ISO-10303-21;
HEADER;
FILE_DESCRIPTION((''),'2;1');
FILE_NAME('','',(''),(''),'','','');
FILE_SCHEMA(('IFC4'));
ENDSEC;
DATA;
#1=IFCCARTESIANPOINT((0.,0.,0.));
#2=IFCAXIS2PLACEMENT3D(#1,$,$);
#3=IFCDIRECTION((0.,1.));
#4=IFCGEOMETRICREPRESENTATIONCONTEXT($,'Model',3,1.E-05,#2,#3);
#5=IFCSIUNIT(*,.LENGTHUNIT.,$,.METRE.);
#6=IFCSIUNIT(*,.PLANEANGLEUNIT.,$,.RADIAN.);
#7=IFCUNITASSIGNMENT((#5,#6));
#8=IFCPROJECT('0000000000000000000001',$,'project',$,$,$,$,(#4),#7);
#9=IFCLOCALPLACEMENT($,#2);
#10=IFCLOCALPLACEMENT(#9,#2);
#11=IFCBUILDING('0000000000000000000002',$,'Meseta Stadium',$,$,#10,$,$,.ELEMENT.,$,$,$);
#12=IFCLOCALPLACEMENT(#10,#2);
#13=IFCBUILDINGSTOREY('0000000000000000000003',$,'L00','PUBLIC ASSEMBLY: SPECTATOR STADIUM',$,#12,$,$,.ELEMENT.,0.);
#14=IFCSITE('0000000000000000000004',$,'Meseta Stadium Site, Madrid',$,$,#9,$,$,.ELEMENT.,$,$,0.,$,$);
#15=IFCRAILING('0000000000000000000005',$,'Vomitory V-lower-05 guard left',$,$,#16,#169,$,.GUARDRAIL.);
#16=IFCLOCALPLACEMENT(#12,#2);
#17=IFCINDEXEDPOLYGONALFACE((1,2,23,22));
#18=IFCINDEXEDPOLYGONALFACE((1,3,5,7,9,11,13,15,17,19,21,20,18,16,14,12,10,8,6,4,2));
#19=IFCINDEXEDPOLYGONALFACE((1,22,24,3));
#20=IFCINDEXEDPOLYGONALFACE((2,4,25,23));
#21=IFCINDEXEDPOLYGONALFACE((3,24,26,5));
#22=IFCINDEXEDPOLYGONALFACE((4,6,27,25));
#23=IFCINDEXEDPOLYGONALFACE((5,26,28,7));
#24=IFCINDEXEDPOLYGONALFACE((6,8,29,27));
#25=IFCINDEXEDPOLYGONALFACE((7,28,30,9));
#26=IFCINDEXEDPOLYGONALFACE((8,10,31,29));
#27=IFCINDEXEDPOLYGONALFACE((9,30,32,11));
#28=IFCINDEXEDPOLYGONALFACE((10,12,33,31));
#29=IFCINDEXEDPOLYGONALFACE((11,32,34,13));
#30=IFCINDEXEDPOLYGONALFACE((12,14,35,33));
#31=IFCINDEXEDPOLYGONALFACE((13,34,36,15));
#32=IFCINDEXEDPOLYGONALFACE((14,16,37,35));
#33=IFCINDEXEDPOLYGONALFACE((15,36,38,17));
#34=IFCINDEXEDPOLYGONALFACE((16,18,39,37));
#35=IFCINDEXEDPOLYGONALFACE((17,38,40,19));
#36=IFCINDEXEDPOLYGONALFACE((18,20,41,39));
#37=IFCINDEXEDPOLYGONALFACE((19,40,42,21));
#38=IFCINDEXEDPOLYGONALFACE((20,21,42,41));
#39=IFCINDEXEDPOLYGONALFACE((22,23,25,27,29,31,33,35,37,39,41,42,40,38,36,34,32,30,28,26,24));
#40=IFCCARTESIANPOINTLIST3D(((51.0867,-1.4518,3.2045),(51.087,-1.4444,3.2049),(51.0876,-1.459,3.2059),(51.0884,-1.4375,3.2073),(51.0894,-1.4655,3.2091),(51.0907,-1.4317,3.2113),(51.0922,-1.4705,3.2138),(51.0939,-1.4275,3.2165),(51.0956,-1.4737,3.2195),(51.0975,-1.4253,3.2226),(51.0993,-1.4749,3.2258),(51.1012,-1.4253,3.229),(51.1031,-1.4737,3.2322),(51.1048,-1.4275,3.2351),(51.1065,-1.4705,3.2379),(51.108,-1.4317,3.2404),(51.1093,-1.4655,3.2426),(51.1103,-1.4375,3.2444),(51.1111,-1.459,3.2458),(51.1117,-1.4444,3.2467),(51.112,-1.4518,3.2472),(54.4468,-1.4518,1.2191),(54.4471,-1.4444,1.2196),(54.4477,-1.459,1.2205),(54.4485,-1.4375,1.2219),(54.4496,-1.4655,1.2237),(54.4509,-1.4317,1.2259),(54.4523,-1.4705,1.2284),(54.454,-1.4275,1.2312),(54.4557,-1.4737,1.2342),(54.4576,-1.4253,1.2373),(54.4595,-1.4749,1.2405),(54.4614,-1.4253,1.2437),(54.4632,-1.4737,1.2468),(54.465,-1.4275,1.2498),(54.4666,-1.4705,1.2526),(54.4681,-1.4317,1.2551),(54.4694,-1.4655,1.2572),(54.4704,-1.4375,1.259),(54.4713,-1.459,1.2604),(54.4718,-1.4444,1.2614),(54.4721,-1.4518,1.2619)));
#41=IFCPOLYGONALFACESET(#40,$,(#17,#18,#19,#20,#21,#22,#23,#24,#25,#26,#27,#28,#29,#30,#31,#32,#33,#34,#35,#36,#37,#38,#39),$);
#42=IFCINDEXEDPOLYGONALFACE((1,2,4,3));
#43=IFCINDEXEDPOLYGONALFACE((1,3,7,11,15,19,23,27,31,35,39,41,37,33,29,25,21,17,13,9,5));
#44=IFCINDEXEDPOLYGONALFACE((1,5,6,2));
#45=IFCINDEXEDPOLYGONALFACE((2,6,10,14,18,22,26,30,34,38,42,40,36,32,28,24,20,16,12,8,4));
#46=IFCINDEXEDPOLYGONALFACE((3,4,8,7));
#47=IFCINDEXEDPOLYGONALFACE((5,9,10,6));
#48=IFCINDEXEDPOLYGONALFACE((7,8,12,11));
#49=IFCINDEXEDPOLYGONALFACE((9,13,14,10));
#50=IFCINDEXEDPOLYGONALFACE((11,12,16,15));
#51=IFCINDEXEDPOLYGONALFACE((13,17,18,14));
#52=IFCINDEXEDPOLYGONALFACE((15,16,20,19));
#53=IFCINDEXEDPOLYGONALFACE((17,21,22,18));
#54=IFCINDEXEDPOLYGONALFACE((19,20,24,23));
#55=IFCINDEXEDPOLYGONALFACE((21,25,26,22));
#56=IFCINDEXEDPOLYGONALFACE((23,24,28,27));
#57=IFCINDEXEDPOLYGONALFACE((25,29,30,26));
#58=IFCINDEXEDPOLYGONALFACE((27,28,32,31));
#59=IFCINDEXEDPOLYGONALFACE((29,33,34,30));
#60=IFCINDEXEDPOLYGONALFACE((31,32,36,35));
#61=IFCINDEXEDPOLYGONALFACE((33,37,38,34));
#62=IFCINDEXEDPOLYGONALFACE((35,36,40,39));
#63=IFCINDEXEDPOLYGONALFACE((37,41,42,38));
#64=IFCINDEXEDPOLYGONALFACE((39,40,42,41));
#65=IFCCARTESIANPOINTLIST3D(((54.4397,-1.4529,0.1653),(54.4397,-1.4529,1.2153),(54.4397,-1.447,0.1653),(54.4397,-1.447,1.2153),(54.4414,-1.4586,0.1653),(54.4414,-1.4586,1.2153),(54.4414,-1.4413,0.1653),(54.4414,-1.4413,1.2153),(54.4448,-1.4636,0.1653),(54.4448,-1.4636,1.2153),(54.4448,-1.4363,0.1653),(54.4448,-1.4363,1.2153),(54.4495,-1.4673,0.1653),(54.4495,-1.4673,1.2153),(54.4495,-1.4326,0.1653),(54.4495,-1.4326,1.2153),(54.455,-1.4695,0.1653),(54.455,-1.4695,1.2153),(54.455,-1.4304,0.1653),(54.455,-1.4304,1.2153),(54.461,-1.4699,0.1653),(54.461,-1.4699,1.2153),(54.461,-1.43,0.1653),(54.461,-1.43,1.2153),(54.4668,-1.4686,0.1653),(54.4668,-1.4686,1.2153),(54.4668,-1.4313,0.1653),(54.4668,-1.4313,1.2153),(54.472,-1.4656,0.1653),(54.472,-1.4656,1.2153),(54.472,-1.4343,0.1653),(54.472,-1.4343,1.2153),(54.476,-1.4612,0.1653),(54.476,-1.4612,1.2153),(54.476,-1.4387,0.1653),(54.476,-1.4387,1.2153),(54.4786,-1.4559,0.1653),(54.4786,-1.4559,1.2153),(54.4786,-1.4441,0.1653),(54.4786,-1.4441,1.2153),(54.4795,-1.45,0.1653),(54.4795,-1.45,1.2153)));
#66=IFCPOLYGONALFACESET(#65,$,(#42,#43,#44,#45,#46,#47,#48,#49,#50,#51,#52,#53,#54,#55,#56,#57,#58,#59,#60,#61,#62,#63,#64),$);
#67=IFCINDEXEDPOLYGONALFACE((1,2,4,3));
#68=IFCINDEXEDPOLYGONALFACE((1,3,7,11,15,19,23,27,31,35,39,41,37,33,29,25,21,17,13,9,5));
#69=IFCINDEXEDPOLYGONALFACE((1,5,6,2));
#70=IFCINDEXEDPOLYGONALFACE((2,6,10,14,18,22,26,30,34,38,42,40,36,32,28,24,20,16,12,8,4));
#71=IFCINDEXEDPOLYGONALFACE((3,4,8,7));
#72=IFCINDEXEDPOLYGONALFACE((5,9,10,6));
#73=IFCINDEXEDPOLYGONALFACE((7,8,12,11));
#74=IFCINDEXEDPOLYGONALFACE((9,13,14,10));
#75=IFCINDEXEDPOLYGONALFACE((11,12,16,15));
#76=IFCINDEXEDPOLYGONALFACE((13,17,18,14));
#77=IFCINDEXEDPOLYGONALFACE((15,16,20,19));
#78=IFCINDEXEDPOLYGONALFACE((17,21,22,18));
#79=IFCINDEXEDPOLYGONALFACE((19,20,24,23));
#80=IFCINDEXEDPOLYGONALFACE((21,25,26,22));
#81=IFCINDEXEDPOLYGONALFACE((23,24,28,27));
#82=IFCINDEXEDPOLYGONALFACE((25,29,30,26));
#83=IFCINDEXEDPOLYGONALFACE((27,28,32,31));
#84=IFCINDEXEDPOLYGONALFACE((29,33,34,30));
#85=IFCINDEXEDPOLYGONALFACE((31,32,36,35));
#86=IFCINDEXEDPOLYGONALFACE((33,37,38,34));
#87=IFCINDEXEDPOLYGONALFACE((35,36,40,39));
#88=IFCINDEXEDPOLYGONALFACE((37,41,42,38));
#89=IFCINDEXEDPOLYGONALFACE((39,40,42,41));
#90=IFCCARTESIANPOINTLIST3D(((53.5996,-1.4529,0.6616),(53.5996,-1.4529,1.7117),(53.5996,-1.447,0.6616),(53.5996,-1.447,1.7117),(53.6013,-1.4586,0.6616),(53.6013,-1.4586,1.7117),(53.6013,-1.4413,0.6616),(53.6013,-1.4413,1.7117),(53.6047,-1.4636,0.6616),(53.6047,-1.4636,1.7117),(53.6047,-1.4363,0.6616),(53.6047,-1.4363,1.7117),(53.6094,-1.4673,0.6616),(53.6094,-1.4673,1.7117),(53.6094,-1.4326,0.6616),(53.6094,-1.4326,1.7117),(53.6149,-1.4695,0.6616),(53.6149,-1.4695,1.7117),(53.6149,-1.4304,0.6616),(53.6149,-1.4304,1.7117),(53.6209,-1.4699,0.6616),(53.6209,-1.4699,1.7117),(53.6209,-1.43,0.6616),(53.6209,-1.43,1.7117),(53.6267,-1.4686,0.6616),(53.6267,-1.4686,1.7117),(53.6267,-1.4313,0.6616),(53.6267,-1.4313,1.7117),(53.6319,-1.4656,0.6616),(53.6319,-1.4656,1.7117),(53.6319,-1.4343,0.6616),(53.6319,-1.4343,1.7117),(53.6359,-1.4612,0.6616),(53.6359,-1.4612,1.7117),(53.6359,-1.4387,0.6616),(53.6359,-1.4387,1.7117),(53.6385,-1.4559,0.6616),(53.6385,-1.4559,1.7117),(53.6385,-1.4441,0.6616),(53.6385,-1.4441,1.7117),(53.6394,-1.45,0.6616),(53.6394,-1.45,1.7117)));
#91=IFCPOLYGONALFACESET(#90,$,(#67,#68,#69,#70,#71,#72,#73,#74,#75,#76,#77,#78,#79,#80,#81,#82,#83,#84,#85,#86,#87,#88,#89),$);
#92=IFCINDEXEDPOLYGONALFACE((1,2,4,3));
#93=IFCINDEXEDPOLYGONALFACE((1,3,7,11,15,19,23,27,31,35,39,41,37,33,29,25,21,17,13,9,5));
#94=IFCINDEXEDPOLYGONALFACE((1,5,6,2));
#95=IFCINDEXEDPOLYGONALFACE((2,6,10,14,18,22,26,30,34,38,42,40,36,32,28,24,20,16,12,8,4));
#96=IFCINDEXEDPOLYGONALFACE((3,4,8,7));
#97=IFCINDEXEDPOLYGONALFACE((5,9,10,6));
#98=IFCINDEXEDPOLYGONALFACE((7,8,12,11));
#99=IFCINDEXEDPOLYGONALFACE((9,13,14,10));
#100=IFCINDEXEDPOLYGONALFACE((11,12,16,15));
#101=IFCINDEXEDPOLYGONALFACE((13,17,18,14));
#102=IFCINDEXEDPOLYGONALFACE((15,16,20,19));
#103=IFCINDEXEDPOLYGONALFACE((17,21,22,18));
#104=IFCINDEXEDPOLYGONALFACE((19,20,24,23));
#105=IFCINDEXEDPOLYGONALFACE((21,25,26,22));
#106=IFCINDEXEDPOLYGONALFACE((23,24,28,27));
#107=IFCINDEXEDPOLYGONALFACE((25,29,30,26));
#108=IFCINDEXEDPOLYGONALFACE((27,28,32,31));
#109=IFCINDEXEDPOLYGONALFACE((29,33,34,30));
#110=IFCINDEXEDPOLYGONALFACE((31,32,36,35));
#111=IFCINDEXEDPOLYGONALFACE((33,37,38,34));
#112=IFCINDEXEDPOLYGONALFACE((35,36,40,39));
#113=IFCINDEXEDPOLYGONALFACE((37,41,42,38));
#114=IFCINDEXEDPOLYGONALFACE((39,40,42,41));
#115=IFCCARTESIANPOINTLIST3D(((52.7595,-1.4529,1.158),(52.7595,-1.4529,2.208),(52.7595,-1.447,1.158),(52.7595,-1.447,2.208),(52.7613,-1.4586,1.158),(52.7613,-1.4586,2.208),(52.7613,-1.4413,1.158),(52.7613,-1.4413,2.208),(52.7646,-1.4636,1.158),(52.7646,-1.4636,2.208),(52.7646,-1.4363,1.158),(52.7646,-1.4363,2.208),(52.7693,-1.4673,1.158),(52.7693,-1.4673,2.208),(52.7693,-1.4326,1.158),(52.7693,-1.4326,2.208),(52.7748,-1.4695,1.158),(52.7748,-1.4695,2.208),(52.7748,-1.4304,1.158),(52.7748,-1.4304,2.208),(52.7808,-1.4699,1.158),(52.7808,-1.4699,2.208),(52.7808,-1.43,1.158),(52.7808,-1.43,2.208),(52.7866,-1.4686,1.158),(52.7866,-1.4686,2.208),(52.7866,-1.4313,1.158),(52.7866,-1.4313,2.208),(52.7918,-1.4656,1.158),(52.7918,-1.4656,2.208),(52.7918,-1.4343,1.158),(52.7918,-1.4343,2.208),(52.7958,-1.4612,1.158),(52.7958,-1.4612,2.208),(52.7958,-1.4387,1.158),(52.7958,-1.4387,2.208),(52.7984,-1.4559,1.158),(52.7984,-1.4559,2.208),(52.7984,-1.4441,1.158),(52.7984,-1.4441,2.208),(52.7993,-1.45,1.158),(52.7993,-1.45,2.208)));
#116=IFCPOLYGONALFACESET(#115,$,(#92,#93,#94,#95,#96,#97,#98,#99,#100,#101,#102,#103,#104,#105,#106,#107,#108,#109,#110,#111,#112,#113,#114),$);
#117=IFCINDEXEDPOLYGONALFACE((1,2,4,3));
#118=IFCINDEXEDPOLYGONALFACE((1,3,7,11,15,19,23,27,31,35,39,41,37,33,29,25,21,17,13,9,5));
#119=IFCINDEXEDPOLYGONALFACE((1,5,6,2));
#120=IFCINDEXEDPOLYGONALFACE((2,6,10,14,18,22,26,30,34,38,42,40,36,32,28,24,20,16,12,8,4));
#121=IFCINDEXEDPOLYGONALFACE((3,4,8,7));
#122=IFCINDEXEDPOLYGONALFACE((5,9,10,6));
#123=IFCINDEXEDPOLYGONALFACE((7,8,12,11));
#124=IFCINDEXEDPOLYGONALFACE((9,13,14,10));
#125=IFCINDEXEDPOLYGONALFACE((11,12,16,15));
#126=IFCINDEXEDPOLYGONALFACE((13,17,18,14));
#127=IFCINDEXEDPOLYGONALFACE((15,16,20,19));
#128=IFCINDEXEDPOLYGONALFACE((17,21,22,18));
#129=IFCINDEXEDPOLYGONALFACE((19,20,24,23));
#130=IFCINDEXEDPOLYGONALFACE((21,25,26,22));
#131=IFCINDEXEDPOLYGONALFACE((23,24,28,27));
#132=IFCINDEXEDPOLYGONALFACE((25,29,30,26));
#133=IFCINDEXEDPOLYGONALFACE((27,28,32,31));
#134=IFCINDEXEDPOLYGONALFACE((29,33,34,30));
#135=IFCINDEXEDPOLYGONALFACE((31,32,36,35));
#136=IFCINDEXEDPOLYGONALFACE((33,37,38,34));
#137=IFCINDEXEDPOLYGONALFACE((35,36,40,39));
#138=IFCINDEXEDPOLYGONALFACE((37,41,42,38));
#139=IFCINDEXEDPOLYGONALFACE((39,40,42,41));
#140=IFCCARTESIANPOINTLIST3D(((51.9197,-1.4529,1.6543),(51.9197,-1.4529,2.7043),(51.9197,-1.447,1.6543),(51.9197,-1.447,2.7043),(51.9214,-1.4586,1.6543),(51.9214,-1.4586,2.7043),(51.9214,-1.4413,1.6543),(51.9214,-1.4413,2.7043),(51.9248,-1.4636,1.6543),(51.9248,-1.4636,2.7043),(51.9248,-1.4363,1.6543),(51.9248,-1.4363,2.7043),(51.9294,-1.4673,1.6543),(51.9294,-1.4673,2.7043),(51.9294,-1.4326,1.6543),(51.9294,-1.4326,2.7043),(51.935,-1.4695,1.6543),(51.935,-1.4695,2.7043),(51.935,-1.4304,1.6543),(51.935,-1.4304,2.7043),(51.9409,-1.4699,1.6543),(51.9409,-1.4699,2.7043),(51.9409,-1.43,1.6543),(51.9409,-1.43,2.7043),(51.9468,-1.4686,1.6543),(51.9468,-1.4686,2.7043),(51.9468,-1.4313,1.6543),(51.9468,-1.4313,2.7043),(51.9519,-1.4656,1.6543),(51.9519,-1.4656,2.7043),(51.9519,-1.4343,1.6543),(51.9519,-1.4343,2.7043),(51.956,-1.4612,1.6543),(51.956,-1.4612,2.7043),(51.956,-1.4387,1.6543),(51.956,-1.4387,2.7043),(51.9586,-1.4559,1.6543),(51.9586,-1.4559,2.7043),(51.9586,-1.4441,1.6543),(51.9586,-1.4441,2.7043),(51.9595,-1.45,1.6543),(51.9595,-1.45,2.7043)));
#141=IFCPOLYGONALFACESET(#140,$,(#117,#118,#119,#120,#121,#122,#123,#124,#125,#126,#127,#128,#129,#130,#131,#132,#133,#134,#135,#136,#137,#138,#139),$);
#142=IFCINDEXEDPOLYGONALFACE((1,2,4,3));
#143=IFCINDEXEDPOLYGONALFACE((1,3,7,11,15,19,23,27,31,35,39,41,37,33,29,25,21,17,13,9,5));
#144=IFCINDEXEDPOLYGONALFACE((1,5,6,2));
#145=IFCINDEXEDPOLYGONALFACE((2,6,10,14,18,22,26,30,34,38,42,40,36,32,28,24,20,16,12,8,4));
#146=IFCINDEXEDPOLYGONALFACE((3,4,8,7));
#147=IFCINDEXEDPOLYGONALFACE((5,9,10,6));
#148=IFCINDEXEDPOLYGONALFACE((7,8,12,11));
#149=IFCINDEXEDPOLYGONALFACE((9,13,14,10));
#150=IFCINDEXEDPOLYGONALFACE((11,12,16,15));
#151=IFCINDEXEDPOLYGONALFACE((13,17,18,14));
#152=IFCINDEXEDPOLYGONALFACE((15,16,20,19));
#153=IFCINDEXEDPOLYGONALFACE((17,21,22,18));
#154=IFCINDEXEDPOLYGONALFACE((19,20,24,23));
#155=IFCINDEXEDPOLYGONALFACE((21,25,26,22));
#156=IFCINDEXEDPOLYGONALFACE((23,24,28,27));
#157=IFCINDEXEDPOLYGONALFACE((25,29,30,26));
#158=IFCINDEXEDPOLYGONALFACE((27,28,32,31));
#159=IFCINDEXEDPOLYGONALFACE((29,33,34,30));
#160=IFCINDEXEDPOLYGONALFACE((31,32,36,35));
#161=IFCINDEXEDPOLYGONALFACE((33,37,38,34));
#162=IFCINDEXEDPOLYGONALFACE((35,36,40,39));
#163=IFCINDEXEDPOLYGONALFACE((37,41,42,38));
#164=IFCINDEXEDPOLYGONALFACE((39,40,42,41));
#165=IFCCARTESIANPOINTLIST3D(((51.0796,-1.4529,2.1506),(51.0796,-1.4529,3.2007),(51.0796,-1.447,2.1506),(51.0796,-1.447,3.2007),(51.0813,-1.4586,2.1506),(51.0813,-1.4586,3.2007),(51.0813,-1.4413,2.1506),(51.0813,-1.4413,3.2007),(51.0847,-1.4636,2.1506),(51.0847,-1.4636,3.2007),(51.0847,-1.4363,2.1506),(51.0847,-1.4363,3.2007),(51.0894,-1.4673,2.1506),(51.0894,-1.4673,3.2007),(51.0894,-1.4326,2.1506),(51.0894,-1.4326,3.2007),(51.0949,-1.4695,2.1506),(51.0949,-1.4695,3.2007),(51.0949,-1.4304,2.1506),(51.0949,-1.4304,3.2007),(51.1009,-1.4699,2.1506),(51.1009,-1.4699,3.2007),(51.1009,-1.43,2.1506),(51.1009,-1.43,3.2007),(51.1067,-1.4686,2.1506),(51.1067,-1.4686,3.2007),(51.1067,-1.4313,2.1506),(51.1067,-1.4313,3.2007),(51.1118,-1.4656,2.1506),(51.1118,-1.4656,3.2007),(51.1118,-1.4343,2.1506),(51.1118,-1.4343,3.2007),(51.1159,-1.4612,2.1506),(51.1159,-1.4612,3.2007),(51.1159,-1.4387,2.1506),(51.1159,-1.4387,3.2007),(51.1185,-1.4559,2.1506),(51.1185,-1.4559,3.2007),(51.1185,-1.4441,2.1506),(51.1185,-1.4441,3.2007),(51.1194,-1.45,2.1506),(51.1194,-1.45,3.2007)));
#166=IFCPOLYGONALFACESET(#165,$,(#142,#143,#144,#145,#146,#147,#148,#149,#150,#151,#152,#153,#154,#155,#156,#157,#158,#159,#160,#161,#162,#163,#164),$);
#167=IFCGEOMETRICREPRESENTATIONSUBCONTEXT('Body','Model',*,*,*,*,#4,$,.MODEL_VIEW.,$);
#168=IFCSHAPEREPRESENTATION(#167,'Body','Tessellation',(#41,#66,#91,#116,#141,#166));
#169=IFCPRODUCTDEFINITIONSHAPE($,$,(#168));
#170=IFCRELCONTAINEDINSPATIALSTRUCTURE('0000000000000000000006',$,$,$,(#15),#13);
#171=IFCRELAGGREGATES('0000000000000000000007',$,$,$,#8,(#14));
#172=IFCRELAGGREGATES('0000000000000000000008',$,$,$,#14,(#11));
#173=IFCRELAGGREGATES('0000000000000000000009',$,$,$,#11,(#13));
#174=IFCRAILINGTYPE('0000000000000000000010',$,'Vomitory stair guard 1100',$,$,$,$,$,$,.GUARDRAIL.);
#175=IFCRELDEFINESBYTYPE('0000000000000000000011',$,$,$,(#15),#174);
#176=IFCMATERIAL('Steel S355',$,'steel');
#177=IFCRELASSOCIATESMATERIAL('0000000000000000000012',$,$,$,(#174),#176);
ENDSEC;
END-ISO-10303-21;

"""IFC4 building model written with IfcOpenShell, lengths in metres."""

from ifc_helpers import new_model, si_unit, direction, frame, origin, origin_2d, place, context, subcontext, project, spatial, circle, extrude, material, type_object, element, save


model = new_model("IFC4")

# Units and contexts
model_context = context("Model", 3, precision=1e-05, world=origin(), true_north=direction((0.0, 1.0)))
body_context = subcontext(model_context, "Body", "Model", "MODEL_VIEW")
ifc_project = project(units=[si_unit("LENGTHUNIT", "METRE"), si_unit("PLANEANGLEUNIT", "RADIAN")], contexts=[model_context])

# Site, building, storey
site_placement = place(None, origin())
site = spatial("IfcSite", under=ifc_project, at=site_placement, Name="Meseta Stadium Site, Madrid", CompositionType="ELEMENT", RefElevation=0.0)
building_placement = place(site_placement, origin())
building = spatial("IfcBuilding", under=site, at=building_placement, Name="Meseta Stadium", CompositionType="ELEMENT")
storey_placement = place(building_placement, origin())
storey = spatial("IfcBuildingStorey", under=building, at=storey_placement, Name="L00", Description="PUBLIC ASSEMBLY: SPECTATOR STADIUM", CompositionType="ELEMENT", Elevation=0.0)

# Railing
ifc_material_1 = material(Name="Steel S355", Category="steel")
railing_type_1 = type_object("IfcRailingType", Name="Vomitory stair guard 1100", PredefinedType="GUARDRAIL", material=ifc_material_1)
railing_1_placement = place(storey_placement, frame((54.4595, -1.45, 0.1653)))
element("IfcRailing", 1, at=railing_1_placement, inside=storey, type_object=railing_type_1, Name="Vomitory V-lower-05 guard left", PredefinedType="GUARDRAIL", context=body_context, shape_type="SweptSolid", body=[
    extrude(circle(Radius=0.0249, at=origin_2d()), frame((0.0, 0.0, 1.0752), z_axis=(-0.860945, 0.0, 0.508698), x_axis=(0.0, -1.0, 0.0)), (0.0, 0.0, 1.0), 3.9028),
    extrude(circle(Radius=0.02, at=origin_2d()), origin(), (0.0, 0.0, 1.0), 1.05),
    extrude(circle(Radius=0.02, at=origin_2d()), frame((-0.8401, 0.0, 0.4963)), (0.0, 0.0, 1.0), 1.05),
    extrude(circle(Radius=0.02, at=origin_2d()), frame((-1.6802, 0.0, 0.9927)), (0.0, 0.0, 1.0), 1.05),
    extrude(circle(Radius=0.02, at=origin_2d()), frame((-2.52, 0.0, 1.489)), (0.0, 0.0, 1.0), 1.05),
    extrude(circle(Radius=0.02, at=origin_2d()), frame((-3.3601, 0.0, 1.9854)), (0.0, 0.0, 1.0), 1.05),
])

save(model, "model.ifc")
